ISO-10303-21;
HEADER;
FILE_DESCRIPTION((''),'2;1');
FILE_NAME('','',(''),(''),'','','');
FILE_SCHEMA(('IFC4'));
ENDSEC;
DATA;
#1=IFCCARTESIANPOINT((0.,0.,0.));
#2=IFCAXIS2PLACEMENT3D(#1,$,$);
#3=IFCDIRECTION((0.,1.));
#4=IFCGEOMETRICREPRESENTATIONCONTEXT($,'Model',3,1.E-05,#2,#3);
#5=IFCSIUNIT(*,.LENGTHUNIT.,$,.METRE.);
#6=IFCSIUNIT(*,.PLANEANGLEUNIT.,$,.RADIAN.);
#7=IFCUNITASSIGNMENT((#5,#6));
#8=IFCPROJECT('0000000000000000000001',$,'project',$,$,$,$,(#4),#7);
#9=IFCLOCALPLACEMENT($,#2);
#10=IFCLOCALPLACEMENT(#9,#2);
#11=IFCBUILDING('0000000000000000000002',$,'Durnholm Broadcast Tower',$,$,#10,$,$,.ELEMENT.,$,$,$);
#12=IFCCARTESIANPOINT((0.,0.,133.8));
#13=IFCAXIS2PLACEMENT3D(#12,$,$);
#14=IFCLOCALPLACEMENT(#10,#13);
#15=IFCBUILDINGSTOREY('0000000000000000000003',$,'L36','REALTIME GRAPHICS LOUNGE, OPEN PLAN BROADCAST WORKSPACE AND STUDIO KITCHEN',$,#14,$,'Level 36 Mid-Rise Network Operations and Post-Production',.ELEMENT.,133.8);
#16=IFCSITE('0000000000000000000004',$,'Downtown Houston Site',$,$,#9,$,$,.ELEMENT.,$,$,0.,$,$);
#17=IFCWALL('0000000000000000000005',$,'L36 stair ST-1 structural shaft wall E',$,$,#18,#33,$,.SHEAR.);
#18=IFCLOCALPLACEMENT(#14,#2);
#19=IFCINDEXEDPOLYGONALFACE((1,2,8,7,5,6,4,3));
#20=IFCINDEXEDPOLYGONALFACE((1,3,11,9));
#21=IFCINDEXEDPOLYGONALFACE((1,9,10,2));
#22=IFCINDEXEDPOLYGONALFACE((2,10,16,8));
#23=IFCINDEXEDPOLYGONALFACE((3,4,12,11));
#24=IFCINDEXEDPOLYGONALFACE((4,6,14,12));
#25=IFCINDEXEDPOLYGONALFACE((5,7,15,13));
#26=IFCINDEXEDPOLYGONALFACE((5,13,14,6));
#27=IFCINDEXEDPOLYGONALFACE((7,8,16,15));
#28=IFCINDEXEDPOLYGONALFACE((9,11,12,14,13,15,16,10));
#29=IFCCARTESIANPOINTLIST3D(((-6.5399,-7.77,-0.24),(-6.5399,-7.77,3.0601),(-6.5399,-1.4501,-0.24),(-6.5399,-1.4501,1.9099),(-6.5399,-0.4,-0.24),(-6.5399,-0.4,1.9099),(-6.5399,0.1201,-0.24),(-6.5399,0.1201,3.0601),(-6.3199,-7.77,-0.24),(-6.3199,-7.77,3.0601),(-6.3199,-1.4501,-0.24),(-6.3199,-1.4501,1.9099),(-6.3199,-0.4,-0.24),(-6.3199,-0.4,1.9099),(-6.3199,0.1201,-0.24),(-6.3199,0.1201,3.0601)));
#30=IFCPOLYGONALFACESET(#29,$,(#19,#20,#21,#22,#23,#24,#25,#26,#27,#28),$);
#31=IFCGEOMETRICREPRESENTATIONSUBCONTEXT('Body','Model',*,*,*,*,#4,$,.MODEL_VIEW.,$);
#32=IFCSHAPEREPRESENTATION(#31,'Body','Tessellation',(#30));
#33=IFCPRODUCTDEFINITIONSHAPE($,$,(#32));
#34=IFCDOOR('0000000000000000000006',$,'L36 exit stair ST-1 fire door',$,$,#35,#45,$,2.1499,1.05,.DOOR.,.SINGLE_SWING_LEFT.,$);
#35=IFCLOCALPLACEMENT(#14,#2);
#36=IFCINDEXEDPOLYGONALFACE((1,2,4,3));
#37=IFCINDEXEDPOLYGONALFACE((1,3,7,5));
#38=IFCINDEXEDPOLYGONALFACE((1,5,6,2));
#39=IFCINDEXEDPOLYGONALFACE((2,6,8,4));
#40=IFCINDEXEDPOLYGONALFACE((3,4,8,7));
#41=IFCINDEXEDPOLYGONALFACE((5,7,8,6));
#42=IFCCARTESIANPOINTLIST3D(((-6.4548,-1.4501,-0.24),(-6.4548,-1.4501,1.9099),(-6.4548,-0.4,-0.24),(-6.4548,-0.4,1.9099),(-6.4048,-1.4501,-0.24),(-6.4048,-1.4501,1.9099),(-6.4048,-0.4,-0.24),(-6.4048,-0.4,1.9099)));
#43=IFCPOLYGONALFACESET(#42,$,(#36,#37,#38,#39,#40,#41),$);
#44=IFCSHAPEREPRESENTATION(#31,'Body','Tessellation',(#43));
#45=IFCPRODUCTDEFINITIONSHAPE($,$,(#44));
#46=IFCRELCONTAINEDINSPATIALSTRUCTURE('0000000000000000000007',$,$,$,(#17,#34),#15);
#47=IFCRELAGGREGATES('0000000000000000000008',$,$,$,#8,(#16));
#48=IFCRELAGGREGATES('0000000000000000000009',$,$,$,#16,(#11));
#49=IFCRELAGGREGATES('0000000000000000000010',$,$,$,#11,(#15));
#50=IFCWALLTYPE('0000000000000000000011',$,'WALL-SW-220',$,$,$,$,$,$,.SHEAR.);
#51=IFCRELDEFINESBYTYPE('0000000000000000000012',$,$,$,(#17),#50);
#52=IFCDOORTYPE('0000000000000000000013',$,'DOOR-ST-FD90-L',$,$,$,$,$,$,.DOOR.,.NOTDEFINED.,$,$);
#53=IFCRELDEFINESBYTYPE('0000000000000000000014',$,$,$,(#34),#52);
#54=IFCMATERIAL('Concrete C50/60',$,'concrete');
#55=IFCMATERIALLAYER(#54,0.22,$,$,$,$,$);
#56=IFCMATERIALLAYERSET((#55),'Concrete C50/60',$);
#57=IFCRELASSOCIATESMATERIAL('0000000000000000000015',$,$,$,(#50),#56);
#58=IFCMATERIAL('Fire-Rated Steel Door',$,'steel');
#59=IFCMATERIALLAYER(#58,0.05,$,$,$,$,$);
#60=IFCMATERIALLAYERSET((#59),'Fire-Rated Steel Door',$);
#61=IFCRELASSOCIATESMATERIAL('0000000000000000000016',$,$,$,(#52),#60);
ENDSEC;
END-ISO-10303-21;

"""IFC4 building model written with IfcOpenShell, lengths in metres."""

from ifc_helpers import new_model, si_unit, direction, frame, frame_2d, origin, place, context, subcontext, project, spatial, rectangle, extrude, source, transform, mapped, material, layer, layer_set, type_object, type_shapes, element, fill, save


model = new_model("IFC4")

# Units and contexts
model_context = context("Model", 3, precision=1e-05, world=origin(), true_north=direction((0.0, 1.0)))
body_context = subcontext(model_context, "Body", "Model", "MODEL_VIEW")
ifc_project = project(units=[si_unit("LENGTHUNIT", "METRE"), si_unit("PLANEANGLEUNIT", "RADIAN")], contexts=[model_context])

# Site, building, storey
site_placement = place(None, origin())
site = spatial("IfcSite", under=ifc_project, at=site_placement, Name="Downtown Houston Site", CompositionType="ELEMENT", RefElevation=0.0)
building_placement = place(site_placement, origin())
building = spatial("IfcBuilding", under=site, at=building_placement, Name="Durnholm Broadcast Tower", CompositionType="ELEMENT")
storey_placement = place(building_placement, frame((0.0, 0.0, 133.8)))
storey = spatial("IfcBuildingStorey", under=building, at=storey_placement, Name="L36", Description="REALTIME GRAPHICS LOUNGE, OPEN PLAN BROADCAST WORKSPACE AND STUDIO KITCHEN", LongName="Level 36 Mid-Rise Network Operations and Post-Production", CompositionType="ELEMENT", Elevation=133.8)

# Wall, opening, door
ifc_material_1 = material(Name="Concrete C50/60", Category="concrete")
ifc_layer_1 = layer(ifc_material_1, 0.22)
ifc_layer_set_1 = layer_set([ifc_layer_1], Name="Concrete C50/60")
wall_type_1 = type_object("IfcWallType", Name="WALL-SW-220", PredefinedType="SHEAR", material=ifc_layer_set_1)
wall_1_placement = place(storey_placement, frame((-6.4299, -7.77, -0.24), z_axis=(0.0, 0.0, 1.0), x_axis=(0.0, 1.0, 0.0)))
wall_1 = element("IfcWall", 1, at=wall_1_placement, inside=storey, type_object=wall_type_1, Name="L36 stair ST-1 structural shaft wall E", PredefinedType="SHEAR", context=body_context, shape_type="SweptSolid", body=[
    extrude(rectangle(XDim=7.8901, YDim=0.22, at=frame_2d((3.9451, 0.0))), origin(), (0.0, 0.0, 1.0), 3.3),
])
opening_1_placement = place(wall_1_placement, frame((6.3201, 0.0, 0.0)))
opening_1 = element("IfcOpeningElement", 2, at=opening_1_placement, cuts=wall_1, PredefinedType="OPENING", context=body_context, shape_type="SweptSolid", body=[
    extrude(rectangle(XDim=1.05, YDim=2.1499, at=frame_2d((0.5249, 1.075))), frame((0.0, 0.1201, 0.0), z_axis=(0.0, -1.0, 0.0), x_axis=(1.0, 0.0, 0.0)), (0.0, 0.0, 1.0), 0.24),
])
ifc_material_2 = material(Name="Fire-Rated Steel Door", Category="steel")
ifc_layer_2 = layer(ifc_material_2, 0.05)
ifc_layer_set_2 = layer_set([ifc_layer_2], Name="Fire-Rated Steel Door")
door_type_1 = type_object("IfcDoorType", Name="DOOR-ST-FD90-L", OperationType="NOTDEFINED", PredefinedType="DOOR", material=ifc_layer_set_2)
shared_shape_1 = source(origin(), body_context, "Body", "SweptSolid", [
    extrude(rectangle(XDim=1.05, YDim=2.1499, at=frame_2d((0.5249, 1.075))), frame((0.0, 0.0249, 0.0), z_axis=(0.0, -1.0, 0.0), x_axis=(1.0, 0.0, 0.0)), (0.0, 0.0, 1.0), 0.05),
])
type_shapes(door_type_1, [shared_shape_1])
door_1_placement = place(opening_1_placement, origin())
door_1 = element("IfcDoor", 3, at=door_1_placement, inside=storey, type_object=door_type_1, Name="L36 exit stair ST-1 fire door", OperationType="SINGLE_SWING_LEFT", OverallHeight=2.1499, OverallWidth=1.05, PredefinedType="DOOR", context=body_context, shape_type="MappedRepresentation", body=[
    mapped(shared_shape_1, transform((0.0, 0.0, 0.0), x_axis=(1.0, 0.0, 0.0), y_axis=(0.0, 1.0, 0.0), z_axis=(0.0, 0.0, 1.0), scale=1.0)),
])
fill(opening_1, door_1)

save(model, "model.ifc")
